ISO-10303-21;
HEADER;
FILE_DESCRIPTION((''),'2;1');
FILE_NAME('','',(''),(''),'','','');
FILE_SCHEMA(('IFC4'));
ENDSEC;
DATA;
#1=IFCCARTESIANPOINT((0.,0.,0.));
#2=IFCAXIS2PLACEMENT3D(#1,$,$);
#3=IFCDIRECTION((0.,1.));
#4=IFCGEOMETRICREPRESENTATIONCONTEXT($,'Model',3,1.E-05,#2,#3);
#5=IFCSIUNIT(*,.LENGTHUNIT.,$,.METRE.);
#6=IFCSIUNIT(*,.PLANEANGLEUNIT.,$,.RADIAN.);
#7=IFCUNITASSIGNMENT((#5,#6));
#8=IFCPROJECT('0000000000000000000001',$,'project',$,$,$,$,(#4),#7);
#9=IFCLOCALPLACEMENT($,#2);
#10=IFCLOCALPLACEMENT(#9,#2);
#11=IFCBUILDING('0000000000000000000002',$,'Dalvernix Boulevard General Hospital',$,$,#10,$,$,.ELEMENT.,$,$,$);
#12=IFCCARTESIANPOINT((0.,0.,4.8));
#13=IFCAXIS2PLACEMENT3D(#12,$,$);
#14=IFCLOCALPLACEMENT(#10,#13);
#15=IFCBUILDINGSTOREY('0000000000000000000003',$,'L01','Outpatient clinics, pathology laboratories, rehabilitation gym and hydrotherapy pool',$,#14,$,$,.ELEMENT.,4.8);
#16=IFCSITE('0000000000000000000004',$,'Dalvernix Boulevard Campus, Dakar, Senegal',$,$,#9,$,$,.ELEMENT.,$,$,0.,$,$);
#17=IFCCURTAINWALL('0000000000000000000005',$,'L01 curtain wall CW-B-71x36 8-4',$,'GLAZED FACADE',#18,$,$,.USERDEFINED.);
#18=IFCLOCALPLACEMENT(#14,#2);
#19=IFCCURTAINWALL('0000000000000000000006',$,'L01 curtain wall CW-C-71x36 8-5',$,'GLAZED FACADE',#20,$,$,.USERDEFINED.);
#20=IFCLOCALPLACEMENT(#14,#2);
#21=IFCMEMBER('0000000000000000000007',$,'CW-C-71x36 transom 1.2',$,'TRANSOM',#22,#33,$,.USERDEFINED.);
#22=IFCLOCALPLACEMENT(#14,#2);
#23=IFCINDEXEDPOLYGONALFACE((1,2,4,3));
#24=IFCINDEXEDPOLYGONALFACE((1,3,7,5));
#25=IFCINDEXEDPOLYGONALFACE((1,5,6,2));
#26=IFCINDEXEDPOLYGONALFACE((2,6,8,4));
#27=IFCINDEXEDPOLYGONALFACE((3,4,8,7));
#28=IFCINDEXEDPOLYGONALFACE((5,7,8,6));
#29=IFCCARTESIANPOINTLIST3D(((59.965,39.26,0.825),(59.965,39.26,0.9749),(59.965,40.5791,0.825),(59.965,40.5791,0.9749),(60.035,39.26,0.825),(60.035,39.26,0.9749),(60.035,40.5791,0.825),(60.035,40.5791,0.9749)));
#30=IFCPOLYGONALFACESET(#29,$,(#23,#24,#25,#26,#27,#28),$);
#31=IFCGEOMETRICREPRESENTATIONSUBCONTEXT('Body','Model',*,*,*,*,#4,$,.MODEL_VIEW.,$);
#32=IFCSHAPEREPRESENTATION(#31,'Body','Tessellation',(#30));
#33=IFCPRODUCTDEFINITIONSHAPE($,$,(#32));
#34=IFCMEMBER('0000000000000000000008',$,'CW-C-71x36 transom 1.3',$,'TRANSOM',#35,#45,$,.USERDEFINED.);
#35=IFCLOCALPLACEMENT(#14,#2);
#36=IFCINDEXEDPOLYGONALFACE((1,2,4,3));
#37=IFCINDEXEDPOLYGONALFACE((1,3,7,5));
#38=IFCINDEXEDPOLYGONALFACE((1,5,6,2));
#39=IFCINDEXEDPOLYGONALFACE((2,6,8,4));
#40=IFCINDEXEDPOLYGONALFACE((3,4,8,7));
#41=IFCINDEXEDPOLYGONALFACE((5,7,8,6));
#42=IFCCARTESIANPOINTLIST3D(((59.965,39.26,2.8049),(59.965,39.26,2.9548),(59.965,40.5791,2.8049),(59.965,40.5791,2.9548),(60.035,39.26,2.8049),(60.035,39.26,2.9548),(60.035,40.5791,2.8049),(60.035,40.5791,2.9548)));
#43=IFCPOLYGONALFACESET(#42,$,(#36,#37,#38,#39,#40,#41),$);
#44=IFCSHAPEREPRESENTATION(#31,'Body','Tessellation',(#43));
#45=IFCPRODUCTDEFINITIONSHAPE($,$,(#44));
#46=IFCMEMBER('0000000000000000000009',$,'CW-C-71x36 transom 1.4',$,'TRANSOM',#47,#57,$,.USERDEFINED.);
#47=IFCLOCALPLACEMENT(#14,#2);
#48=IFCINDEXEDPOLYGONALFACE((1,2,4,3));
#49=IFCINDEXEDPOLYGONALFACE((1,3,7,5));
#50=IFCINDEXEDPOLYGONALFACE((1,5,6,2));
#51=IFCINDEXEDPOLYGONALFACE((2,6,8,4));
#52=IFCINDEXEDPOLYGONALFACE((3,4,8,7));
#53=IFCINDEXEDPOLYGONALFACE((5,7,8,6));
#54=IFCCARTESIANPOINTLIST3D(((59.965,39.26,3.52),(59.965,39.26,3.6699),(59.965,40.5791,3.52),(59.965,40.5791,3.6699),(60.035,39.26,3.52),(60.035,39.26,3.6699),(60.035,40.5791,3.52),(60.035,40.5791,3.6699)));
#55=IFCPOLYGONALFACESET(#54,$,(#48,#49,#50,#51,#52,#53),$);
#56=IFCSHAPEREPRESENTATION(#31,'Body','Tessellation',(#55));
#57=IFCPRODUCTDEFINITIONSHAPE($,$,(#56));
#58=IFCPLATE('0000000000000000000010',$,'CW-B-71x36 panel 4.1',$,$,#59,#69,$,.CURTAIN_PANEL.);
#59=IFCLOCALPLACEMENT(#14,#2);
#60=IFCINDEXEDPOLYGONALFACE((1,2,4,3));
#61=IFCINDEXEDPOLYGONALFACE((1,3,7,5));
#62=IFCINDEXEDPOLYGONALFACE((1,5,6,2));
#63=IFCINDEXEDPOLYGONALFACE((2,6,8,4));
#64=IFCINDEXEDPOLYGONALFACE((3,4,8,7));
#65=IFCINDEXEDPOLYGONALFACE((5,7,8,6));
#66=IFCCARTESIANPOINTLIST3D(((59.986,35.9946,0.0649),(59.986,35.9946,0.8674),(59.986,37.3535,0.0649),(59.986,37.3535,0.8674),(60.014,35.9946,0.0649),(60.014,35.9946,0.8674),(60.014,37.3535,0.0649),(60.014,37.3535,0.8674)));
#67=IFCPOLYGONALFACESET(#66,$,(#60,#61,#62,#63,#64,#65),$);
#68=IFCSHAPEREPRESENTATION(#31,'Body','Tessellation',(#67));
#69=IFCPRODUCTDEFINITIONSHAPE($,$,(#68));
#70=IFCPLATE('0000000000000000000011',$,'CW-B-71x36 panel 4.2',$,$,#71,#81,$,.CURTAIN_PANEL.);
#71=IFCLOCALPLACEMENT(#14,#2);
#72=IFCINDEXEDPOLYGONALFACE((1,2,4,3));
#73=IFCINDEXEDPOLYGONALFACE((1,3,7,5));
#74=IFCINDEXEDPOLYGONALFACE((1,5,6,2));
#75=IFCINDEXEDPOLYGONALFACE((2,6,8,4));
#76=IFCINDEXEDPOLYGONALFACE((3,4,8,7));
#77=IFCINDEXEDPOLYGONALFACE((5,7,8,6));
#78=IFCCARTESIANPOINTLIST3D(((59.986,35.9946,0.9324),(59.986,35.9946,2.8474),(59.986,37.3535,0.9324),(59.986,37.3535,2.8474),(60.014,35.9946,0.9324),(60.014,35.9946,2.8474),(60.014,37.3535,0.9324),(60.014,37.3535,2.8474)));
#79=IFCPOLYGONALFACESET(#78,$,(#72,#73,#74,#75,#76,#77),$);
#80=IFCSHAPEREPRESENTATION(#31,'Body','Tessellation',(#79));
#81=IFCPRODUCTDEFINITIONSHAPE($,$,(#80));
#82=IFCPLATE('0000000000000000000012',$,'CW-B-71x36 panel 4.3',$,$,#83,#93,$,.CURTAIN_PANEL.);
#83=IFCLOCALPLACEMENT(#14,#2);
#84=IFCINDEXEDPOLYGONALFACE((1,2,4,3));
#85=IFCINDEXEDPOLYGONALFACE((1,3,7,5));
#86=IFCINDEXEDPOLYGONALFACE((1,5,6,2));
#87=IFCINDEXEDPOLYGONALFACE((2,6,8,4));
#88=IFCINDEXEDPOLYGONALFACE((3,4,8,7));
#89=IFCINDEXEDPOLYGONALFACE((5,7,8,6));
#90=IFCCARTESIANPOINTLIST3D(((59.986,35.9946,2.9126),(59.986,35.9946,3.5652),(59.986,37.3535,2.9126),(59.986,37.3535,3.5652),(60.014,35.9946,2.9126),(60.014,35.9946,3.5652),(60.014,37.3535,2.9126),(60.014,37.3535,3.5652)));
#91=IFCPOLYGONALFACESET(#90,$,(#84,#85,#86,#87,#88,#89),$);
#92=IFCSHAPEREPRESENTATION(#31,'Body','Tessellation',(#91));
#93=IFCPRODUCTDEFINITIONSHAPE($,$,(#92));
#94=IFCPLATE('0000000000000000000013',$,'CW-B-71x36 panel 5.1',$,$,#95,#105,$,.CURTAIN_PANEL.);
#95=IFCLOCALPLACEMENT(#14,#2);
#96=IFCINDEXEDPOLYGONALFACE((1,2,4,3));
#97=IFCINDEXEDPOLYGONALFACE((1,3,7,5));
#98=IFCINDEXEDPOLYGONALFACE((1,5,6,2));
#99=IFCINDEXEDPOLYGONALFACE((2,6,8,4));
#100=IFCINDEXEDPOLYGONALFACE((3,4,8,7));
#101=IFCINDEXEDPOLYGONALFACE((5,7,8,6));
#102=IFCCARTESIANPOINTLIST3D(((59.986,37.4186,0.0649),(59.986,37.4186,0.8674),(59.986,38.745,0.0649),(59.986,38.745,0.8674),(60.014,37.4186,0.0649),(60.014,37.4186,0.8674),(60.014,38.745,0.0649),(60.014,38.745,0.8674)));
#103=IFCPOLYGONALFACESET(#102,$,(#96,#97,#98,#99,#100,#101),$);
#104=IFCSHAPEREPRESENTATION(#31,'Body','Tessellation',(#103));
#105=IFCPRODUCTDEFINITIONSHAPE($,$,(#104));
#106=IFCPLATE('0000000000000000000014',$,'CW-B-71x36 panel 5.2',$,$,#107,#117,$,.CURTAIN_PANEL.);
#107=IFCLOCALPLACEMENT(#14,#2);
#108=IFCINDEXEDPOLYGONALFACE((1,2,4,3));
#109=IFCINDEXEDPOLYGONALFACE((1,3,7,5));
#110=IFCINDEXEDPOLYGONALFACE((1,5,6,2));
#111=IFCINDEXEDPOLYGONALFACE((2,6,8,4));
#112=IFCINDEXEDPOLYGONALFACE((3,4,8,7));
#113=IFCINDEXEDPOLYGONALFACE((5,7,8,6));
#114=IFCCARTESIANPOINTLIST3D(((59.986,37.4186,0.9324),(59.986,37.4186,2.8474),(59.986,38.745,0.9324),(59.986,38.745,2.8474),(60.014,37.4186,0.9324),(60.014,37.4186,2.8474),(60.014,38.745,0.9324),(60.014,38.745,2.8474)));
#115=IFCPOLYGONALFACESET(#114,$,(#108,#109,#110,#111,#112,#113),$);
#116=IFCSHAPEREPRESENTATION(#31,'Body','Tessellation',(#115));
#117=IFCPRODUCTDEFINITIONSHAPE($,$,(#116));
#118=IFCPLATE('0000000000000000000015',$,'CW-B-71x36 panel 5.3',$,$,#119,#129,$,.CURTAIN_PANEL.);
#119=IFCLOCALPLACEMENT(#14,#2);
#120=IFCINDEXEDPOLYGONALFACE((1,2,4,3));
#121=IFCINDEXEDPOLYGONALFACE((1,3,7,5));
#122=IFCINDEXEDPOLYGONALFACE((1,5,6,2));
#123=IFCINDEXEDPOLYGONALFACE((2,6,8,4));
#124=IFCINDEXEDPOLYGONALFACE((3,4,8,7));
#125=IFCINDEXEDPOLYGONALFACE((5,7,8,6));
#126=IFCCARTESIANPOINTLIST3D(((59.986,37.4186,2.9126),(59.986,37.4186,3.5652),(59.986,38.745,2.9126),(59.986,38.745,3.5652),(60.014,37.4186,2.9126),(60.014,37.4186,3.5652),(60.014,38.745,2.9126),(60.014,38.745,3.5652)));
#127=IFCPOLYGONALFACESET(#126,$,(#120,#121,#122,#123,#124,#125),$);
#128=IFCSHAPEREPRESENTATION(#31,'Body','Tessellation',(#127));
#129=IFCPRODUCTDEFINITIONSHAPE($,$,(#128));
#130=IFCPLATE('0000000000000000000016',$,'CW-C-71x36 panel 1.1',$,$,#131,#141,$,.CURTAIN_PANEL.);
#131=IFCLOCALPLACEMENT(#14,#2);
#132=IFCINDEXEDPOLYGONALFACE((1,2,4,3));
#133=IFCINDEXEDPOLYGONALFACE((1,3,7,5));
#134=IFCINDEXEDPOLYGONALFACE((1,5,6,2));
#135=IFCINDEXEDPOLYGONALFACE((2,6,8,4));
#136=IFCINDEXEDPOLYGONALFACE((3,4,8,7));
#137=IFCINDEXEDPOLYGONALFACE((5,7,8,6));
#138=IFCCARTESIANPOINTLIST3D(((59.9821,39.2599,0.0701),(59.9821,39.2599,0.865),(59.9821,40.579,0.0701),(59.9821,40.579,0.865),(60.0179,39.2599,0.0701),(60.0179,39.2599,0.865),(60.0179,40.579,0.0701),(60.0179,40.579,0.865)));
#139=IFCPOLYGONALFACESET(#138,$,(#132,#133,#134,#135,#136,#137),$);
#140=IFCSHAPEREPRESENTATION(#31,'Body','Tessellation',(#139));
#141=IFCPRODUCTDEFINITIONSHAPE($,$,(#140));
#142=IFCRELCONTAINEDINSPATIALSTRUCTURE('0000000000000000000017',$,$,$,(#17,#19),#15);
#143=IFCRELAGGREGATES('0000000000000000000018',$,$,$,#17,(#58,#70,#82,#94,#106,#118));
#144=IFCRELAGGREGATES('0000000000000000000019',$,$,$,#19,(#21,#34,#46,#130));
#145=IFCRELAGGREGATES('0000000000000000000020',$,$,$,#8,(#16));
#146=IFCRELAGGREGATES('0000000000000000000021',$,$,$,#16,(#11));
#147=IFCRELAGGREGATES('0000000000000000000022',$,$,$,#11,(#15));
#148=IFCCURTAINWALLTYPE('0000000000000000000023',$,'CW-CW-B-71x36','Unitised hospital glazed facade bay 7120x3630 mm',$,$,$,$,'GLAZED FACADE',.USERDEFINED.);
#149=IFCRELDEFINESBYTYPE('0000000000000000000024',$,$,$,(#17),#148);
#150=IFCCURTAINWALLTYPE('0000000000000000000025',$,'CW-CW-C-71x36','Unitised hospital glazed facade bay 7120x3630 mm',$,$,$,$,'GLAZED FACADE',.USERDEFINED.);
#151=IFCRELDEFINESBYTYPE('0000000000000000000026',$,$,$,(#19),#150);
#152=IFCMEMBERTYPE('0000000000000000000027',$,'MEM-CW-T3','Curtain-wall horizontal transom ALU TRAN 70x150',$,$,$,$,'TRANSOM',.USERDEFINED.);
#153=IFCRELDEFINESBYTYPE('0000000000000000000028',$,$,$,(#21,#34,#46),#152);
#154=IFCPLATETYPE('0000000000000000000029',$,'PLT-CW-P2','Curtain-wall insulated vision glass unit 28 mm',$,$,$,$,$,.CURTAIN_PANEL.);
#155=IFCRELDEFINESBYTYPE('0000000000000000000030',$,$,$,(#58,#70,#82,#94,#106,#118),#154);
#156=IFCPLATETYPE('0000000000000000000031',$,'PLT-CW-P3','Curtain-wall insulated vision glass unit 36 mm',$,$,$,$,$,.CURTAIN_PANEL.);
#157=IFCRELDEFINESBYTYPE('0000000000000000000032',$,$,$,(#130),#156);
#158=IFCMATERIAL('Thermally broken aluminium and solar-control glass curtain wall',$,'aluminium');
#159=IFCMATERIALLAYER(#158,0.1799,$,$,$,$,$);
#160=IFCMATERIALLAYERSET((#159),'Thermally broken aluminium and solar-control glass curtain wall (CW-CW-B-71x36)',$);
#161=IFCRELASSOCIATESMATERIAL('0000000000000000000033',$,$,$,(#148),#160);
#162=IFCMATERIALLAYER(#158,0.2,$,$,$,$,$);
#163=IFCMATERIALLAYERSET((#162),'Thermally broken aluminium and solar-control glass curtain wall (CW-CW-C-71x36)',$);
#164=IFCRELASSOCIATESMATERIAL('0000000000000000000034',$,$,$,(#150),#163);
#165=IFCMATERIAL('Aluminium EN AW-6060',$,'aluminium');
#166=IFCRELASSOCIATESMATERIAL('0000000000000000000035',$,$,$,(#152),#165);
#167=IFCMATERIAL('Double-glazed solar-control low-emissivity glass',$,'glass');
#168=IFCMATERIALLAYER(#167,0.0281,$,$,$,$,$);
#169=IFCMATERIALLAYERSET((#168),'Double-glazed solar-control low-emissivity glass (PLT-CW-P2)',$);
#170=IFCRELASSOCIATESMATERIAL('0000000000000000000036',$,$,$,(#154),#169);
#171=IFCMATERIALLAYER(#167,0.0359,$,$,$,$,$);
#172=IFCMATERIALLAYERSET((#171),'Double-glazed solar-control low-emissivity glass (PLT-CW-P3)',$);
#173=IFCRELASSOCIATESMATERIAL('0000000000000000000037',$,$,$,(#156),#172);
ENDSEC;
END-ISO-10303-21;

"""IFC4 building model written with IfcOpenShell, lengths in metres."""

from ifc_helpers import new_model, si_unit, direction, frame, origin, origin_2d, place, context, subcontext, project, spatial, rectangle, extrude, material, layer, layer_set, material_profile, profile_set, type_object, element, aggregate, save


model = new_model("IFC4")

# Units and contexts
model_context = context("Model", 3, precision=1e-05, world=origin(), true_north=direction((0.0, 1.0)))
body_context = subcontext(model_context, "Body", "Model", "MODEL_VIEW")
ifc_project = project(units=[si_unit("LENGTHUNIT", "METRE"), si_unit("PLANEANGLEUNIT", "RADIAN")], contexts=[model_context])

# Site, building, storey
site_placement = place(None, origin())
site = spatial("IfcSite", under=ifc_project, at=site_placement, Name="Dalvernix Boulevard Campus, Dakar, Senegal", CompositionType="ELEMENT", RefElevation=0.0)
building_placement = place(site_placement, origin())
building = spatial("IfcBuilding", under=site, at=building_placement, Name="Dalvernix Boulevard General Hospital", CompositionType="ELEMENT")
storey_placement = place(building_placement, frame((0.0, 0.0, 4.8)))
storey = spatial("IfcBuildingStorey", under=building, at=storey_placement, Name="L01", Description="Outpatient clinics, pathology laboratories, rehabilitation gym and hydrotherapy pool", CompositionType="ELEMENT", Elevation=4.8)

# Curtain wall
ifc_material_1 = material(Name="Thermally broken aluminium and solar-control glass curtain wall", Category="aluminium")
ifc_layer_1 = layer(ifc_material_1, 0.1799)
ifc_layer_set_1 = layer_set([ifc_layer_1], Name="Thermally broken aluminium and solar-control glass curtain wall (CW-CW-B-71x36)")
curtain_wall_type_1 = type_object("IfcCurtainWallType", Name="CW-CW-B-71x36", Description="Unitised hospital glazed facade bay 7120x3630 mm", ElementType="GLAZED FACADE", PredefinedType="USERDEFINED", material=ifc_layer_set_1)
curtain_wall_1_placement = place(storey_placement, origin())
curtain_wall_1 = element("IfcCurtainWall", 1, at=curtain_wall_1_placement, inside=storey, type_object=curtain_wall_type_1, Name="L01 curtain wall CW-B-71x36 8-4", ObjectType="GLAZED FACADE", PredefinedType="USERDEFINED")
ifc_material_2 = material(Name="Aluminium EN AW-6060", Category="aluminium")

# Curtain wall
ifc_layer_2 = layer(ifc_material_1, 0.2)
ifc_layer_set_2 = layer_set([ifc_layer_2], Name="Thermally broken aluminium and solar-control glass curtain wall (CW-CW-C-71x36)")
curtain_wall_type_2 = type_object("IfcCurtainWallType", Name="CW-CW-C-71x36", Description="Unitised hospital glazed facade bay 7120x3630 mm", ElementType="GLAZED FACADE", PredefinedType="USERDEFINED", material=ifc_layer_set_2)
curtain_wall_2_placement = place(storey_placement, origin())
curtain_wall_2 = element("IfcCurtainWall", 2, at=curtain_wall_2_placement, inside=storey, type_object=curtain_wall_type_2, Name="L01 curtain wall CW-C-71x36 8-5", ObjectType="GLAZED FACADE", PredefinedType="USERDEFINED")

# Members
ifc_material_profile_1 = material_profile(ifc_material_2, rectangle(XDim=0.0701, YDim=0.1499, at=origin_2d()), Name="ALU TRAN 70x150")
ifc_profile_set_1 = profile_set([ifc_material_profile_1], Name="Aluminium EN AW-6060")
member_type_1 = type_object("IfcMemberType", Name="MEM-CW-T3", Description="Curtain-wall horizontal transom ALU TRAN 70x150", ElementType="TRANSOM", PredefinedType="USERDEFINED", material=ifc_profile_set_1)
member_1_placement = place(storey_placement, frame((60.0, 39.26, 0.8999), z_axis=(0.0, 1.0, 0.0), x_axis=(-1.0, 0.0, 0.0)))
member_1 = element("IfcMember", 3, at=member_1_placement, type_object=member_type_1, Name="CW-C-71x36 transom 1.2", ObjectType="TRANSOM", PredefinedType="USERDEFINED", context=body_context, shape_type="SweptSolid", body=[
    extrude(rectangle(XDim=0.0701, YDim=0.1499, at=origin_2d()), origin(), (0.0, 0.0, 1.0), 1.3191),
])
member_2_placement = place(storey_placement, frame((60.0, 39.26, 2.8799), z_axis=(0.0, 1.0, 0.0), x_axis=(-1.0, 0.0, 0.0)))
member_2 = element("IfcMember", 4, at=member_2_placement, type_object=member_type_1, Name="CW-C-71x36 transom 1.3", ObjectType="TRANSOM", PredefinedType="USERDEFINED", context=body_context, shape_type="SweptSolid", body=[
    extrude(rectangle(XDim=0.0701, YDim=0.1499, at=origin_2d()), origin(), (0.0, 0.0, 1.0), 1.3191),
])
member_3_placement = place(storey_placement, frame((60.0, 39.26, 3.595), z_axis=(0.0, 1.0, 0.0), x_axis=(-1.0, 0.0, 0.0)))
member_3 = element("IfcMember", 5, at=member_3_placement, type_object=member_type_1, Name="CW-C-71x36 transom 1.4", ObjectType="TRANSOM", PredefinedType="USERDEFINED", context=body_context, shape_type="SweptSolid", body=[
    extrude(rectangle(XDim=0.0701, YDim=0.1499, at=origin_2d()), origin(), (0.0, 0.0, 1.0), 1.3191),
])

# Plates
ifc_material_3 = material(Name="Double-glazed solar-control low-emissivity glass", Category="glass")
ifc_layer_3 = layer(ifc_material_3, 0.0281)
ifc_layer_set_3 = layer_set([ifc_layer_3], Name="Double-glazed solar-control low-emissivity glass (PLT-CW-P2)")
plate_type_1 = type_object("IfcPlateType", Name="PLT-CW-P2", Description="Curtain-wall insulated vision glass unit 28 mm", PredefinedType="CURTAIN_PANEL", material=ifc_layer_set_3)
plate_1_placement = place(storey_placement, frame((60.0, 36.6741, 0.0649), z_axis=(0.0, 0.0, 1.0), x_axis=(0.0, 1.0, 0.0)))
plate_1 = element("IfcPlate", 6, at=plate_1_placement, type_object=plate_type_1, Name="CW-B-71x36 panel 4.1", PredefinedType="CURTAIN_PANEL", context=body_context, shape_type="SweptSolid", body=[
    extrude(rectangle(XDim=1.3589, YDim=0.0281, at=origin_2d()), origin(), (0.0, 0.0, 1.0), 0.8025),
])
plate_2_placement = place(storey_placement, frame((60.0, 36.6741, 0.9324), z_axis=(0.0, 0.0, 1.0), x_axis=(0.0, 1.0, 0.0)))
plate_2 = element("IfcPlate", 7, at=plate_2_placement, type_object=plate_type_1, Name="CW-B-71x36 panel 4.2", PredefinedType="CURTAIN_PANEL", context=body_context, shape_type="SweptSolid", body=[
    extrude(rectangle(XDim=1.3589, YDim=0.0281, at=origin_2d()), origin(), (0.0, 0.0, 1.0), 1.915),
])
plate_3_placement = place(storey_placement, frame((60.0, 36.6741, 2.9126), z_axis=(0.0, 0.0, 1.0), x_axis=(0.0, 1.0, 0.0)))
plate_3 = element("IfcPlate", 8, at=plate_3_placement, type_object=plate_type_1, Name="CW-B-71x36 panel 4.3", PredefinedType="CURTAIN_PANEL", context=body_context, shape_type="SweptSolid", body=[
    extrude(rectangle(XDim=1.3589, YDim=0.0281, at=origin_2d()), origin(), (0.0, 0.0, 1.0), 0.6526),
])
plate_4_placement = place(storey_placement, frame((60.0, 38.0818, 0.0649), z_axis=(0.0, 0.0, 1.0), x_axis=(0.0, 1.0, 0.0)))
plate_4 = element("IfcPlate", 9, at=plate_4_placement, type_object=plate_type_1, Name="CW-B-71x36 panel 5.1", PredefinedType="CURTAIN_PANEL", context=body_context, shape_type="SweptSolid", body=[
    extrude(rectangle(XDim=1.3264, YDim=0.0281, at=origin_2d()), origin(), (0.0, 0.0, 1.0), 0.8025),
])
plate_5_placement = place(storey_placement, frame((60.0, 38.0818, 0.9324), z_axis=(0.0, 0.0, 1.0), x_axis=(0.0, 1.0, 0.0)))
plate_5 = element("IfcPlate", 10, at=plate_5_placement, type_object=plate_type_1, Name="CW-B-71x36 panel 5.2", PredefinedType="CURTAIN_PANEL", context=body_context, shape_type="SweptSolid", body=[
    extrude(rectangle(XDim=1.3264, YDim=0.0281, at=origin_2d()), origin(), (0.0, 0.0, 1.0), 1.915),
])
plate_6_placement = place(storey_placement, frame((60.0, 38.0818, 2.9126), z_axis=(0.0, 0.0, 1.0), x_axis=(0.0, 1.0, 0.0)))
plate_6 = element("IfcPlate", 11, at=plate_6_placement, type_object=plate_type_1, Name="CW-B-71x36 panel 5.3", PredefinedType="CURTAIN_PANEL", context=body_context, shape_type="SweptSolid", body=[
    extrude(rectangle(XDim=1.3264, YDim=0.0281, at=origin_2d()), origin(), (0.0, 0.0, 1.0), 0.6526),
])
aggregate(curtain_wall_1, [plate_1, plate_2, plate_3, plate_4, plate_5, plate_6])
ifc_layer_4 = layer(ifc_material_3, 0.0359)
ifc_layer_set_4 = layer_set([ifc_layer_4], Name="Double-glazed solar-control low-emissivity glass (PLT-CW-P3)")
plate_type_2 = type_object("IfcPlateType", Name="PLT-CW-P3", Description="Curtain-wall insulated vision glass unit 36 mm", PredefinedType="CURTAIN_PANEL", material=ifc_layer_set_4)
plate_7_placement = place(storey_placement, frame((60.0, 39.9194, 0.0701), z_axis=(0.0, 0.0, 1.0), x_axis=(0.0, 1.0, 0.0)))
plate_7 = element("IfcPlate", 12, at=plate_7_placement, type_object=plate_type_2, Name="CW-C-71x36 panel 1.1", PredefinedType="CURTAIN_PANEL", context=body_context, shape_type="SweptSolid", body=[
    extrude(rectangle(XDim=1.3191, YDim=0.0359, at=origin_2d()), origin(), (0.0, 0.0, 1.0), 0.7949),
])
aggregate(curtain_wall_2, [member_1, member_2, member_3, plate_7])

save(model, "model.ifc")
